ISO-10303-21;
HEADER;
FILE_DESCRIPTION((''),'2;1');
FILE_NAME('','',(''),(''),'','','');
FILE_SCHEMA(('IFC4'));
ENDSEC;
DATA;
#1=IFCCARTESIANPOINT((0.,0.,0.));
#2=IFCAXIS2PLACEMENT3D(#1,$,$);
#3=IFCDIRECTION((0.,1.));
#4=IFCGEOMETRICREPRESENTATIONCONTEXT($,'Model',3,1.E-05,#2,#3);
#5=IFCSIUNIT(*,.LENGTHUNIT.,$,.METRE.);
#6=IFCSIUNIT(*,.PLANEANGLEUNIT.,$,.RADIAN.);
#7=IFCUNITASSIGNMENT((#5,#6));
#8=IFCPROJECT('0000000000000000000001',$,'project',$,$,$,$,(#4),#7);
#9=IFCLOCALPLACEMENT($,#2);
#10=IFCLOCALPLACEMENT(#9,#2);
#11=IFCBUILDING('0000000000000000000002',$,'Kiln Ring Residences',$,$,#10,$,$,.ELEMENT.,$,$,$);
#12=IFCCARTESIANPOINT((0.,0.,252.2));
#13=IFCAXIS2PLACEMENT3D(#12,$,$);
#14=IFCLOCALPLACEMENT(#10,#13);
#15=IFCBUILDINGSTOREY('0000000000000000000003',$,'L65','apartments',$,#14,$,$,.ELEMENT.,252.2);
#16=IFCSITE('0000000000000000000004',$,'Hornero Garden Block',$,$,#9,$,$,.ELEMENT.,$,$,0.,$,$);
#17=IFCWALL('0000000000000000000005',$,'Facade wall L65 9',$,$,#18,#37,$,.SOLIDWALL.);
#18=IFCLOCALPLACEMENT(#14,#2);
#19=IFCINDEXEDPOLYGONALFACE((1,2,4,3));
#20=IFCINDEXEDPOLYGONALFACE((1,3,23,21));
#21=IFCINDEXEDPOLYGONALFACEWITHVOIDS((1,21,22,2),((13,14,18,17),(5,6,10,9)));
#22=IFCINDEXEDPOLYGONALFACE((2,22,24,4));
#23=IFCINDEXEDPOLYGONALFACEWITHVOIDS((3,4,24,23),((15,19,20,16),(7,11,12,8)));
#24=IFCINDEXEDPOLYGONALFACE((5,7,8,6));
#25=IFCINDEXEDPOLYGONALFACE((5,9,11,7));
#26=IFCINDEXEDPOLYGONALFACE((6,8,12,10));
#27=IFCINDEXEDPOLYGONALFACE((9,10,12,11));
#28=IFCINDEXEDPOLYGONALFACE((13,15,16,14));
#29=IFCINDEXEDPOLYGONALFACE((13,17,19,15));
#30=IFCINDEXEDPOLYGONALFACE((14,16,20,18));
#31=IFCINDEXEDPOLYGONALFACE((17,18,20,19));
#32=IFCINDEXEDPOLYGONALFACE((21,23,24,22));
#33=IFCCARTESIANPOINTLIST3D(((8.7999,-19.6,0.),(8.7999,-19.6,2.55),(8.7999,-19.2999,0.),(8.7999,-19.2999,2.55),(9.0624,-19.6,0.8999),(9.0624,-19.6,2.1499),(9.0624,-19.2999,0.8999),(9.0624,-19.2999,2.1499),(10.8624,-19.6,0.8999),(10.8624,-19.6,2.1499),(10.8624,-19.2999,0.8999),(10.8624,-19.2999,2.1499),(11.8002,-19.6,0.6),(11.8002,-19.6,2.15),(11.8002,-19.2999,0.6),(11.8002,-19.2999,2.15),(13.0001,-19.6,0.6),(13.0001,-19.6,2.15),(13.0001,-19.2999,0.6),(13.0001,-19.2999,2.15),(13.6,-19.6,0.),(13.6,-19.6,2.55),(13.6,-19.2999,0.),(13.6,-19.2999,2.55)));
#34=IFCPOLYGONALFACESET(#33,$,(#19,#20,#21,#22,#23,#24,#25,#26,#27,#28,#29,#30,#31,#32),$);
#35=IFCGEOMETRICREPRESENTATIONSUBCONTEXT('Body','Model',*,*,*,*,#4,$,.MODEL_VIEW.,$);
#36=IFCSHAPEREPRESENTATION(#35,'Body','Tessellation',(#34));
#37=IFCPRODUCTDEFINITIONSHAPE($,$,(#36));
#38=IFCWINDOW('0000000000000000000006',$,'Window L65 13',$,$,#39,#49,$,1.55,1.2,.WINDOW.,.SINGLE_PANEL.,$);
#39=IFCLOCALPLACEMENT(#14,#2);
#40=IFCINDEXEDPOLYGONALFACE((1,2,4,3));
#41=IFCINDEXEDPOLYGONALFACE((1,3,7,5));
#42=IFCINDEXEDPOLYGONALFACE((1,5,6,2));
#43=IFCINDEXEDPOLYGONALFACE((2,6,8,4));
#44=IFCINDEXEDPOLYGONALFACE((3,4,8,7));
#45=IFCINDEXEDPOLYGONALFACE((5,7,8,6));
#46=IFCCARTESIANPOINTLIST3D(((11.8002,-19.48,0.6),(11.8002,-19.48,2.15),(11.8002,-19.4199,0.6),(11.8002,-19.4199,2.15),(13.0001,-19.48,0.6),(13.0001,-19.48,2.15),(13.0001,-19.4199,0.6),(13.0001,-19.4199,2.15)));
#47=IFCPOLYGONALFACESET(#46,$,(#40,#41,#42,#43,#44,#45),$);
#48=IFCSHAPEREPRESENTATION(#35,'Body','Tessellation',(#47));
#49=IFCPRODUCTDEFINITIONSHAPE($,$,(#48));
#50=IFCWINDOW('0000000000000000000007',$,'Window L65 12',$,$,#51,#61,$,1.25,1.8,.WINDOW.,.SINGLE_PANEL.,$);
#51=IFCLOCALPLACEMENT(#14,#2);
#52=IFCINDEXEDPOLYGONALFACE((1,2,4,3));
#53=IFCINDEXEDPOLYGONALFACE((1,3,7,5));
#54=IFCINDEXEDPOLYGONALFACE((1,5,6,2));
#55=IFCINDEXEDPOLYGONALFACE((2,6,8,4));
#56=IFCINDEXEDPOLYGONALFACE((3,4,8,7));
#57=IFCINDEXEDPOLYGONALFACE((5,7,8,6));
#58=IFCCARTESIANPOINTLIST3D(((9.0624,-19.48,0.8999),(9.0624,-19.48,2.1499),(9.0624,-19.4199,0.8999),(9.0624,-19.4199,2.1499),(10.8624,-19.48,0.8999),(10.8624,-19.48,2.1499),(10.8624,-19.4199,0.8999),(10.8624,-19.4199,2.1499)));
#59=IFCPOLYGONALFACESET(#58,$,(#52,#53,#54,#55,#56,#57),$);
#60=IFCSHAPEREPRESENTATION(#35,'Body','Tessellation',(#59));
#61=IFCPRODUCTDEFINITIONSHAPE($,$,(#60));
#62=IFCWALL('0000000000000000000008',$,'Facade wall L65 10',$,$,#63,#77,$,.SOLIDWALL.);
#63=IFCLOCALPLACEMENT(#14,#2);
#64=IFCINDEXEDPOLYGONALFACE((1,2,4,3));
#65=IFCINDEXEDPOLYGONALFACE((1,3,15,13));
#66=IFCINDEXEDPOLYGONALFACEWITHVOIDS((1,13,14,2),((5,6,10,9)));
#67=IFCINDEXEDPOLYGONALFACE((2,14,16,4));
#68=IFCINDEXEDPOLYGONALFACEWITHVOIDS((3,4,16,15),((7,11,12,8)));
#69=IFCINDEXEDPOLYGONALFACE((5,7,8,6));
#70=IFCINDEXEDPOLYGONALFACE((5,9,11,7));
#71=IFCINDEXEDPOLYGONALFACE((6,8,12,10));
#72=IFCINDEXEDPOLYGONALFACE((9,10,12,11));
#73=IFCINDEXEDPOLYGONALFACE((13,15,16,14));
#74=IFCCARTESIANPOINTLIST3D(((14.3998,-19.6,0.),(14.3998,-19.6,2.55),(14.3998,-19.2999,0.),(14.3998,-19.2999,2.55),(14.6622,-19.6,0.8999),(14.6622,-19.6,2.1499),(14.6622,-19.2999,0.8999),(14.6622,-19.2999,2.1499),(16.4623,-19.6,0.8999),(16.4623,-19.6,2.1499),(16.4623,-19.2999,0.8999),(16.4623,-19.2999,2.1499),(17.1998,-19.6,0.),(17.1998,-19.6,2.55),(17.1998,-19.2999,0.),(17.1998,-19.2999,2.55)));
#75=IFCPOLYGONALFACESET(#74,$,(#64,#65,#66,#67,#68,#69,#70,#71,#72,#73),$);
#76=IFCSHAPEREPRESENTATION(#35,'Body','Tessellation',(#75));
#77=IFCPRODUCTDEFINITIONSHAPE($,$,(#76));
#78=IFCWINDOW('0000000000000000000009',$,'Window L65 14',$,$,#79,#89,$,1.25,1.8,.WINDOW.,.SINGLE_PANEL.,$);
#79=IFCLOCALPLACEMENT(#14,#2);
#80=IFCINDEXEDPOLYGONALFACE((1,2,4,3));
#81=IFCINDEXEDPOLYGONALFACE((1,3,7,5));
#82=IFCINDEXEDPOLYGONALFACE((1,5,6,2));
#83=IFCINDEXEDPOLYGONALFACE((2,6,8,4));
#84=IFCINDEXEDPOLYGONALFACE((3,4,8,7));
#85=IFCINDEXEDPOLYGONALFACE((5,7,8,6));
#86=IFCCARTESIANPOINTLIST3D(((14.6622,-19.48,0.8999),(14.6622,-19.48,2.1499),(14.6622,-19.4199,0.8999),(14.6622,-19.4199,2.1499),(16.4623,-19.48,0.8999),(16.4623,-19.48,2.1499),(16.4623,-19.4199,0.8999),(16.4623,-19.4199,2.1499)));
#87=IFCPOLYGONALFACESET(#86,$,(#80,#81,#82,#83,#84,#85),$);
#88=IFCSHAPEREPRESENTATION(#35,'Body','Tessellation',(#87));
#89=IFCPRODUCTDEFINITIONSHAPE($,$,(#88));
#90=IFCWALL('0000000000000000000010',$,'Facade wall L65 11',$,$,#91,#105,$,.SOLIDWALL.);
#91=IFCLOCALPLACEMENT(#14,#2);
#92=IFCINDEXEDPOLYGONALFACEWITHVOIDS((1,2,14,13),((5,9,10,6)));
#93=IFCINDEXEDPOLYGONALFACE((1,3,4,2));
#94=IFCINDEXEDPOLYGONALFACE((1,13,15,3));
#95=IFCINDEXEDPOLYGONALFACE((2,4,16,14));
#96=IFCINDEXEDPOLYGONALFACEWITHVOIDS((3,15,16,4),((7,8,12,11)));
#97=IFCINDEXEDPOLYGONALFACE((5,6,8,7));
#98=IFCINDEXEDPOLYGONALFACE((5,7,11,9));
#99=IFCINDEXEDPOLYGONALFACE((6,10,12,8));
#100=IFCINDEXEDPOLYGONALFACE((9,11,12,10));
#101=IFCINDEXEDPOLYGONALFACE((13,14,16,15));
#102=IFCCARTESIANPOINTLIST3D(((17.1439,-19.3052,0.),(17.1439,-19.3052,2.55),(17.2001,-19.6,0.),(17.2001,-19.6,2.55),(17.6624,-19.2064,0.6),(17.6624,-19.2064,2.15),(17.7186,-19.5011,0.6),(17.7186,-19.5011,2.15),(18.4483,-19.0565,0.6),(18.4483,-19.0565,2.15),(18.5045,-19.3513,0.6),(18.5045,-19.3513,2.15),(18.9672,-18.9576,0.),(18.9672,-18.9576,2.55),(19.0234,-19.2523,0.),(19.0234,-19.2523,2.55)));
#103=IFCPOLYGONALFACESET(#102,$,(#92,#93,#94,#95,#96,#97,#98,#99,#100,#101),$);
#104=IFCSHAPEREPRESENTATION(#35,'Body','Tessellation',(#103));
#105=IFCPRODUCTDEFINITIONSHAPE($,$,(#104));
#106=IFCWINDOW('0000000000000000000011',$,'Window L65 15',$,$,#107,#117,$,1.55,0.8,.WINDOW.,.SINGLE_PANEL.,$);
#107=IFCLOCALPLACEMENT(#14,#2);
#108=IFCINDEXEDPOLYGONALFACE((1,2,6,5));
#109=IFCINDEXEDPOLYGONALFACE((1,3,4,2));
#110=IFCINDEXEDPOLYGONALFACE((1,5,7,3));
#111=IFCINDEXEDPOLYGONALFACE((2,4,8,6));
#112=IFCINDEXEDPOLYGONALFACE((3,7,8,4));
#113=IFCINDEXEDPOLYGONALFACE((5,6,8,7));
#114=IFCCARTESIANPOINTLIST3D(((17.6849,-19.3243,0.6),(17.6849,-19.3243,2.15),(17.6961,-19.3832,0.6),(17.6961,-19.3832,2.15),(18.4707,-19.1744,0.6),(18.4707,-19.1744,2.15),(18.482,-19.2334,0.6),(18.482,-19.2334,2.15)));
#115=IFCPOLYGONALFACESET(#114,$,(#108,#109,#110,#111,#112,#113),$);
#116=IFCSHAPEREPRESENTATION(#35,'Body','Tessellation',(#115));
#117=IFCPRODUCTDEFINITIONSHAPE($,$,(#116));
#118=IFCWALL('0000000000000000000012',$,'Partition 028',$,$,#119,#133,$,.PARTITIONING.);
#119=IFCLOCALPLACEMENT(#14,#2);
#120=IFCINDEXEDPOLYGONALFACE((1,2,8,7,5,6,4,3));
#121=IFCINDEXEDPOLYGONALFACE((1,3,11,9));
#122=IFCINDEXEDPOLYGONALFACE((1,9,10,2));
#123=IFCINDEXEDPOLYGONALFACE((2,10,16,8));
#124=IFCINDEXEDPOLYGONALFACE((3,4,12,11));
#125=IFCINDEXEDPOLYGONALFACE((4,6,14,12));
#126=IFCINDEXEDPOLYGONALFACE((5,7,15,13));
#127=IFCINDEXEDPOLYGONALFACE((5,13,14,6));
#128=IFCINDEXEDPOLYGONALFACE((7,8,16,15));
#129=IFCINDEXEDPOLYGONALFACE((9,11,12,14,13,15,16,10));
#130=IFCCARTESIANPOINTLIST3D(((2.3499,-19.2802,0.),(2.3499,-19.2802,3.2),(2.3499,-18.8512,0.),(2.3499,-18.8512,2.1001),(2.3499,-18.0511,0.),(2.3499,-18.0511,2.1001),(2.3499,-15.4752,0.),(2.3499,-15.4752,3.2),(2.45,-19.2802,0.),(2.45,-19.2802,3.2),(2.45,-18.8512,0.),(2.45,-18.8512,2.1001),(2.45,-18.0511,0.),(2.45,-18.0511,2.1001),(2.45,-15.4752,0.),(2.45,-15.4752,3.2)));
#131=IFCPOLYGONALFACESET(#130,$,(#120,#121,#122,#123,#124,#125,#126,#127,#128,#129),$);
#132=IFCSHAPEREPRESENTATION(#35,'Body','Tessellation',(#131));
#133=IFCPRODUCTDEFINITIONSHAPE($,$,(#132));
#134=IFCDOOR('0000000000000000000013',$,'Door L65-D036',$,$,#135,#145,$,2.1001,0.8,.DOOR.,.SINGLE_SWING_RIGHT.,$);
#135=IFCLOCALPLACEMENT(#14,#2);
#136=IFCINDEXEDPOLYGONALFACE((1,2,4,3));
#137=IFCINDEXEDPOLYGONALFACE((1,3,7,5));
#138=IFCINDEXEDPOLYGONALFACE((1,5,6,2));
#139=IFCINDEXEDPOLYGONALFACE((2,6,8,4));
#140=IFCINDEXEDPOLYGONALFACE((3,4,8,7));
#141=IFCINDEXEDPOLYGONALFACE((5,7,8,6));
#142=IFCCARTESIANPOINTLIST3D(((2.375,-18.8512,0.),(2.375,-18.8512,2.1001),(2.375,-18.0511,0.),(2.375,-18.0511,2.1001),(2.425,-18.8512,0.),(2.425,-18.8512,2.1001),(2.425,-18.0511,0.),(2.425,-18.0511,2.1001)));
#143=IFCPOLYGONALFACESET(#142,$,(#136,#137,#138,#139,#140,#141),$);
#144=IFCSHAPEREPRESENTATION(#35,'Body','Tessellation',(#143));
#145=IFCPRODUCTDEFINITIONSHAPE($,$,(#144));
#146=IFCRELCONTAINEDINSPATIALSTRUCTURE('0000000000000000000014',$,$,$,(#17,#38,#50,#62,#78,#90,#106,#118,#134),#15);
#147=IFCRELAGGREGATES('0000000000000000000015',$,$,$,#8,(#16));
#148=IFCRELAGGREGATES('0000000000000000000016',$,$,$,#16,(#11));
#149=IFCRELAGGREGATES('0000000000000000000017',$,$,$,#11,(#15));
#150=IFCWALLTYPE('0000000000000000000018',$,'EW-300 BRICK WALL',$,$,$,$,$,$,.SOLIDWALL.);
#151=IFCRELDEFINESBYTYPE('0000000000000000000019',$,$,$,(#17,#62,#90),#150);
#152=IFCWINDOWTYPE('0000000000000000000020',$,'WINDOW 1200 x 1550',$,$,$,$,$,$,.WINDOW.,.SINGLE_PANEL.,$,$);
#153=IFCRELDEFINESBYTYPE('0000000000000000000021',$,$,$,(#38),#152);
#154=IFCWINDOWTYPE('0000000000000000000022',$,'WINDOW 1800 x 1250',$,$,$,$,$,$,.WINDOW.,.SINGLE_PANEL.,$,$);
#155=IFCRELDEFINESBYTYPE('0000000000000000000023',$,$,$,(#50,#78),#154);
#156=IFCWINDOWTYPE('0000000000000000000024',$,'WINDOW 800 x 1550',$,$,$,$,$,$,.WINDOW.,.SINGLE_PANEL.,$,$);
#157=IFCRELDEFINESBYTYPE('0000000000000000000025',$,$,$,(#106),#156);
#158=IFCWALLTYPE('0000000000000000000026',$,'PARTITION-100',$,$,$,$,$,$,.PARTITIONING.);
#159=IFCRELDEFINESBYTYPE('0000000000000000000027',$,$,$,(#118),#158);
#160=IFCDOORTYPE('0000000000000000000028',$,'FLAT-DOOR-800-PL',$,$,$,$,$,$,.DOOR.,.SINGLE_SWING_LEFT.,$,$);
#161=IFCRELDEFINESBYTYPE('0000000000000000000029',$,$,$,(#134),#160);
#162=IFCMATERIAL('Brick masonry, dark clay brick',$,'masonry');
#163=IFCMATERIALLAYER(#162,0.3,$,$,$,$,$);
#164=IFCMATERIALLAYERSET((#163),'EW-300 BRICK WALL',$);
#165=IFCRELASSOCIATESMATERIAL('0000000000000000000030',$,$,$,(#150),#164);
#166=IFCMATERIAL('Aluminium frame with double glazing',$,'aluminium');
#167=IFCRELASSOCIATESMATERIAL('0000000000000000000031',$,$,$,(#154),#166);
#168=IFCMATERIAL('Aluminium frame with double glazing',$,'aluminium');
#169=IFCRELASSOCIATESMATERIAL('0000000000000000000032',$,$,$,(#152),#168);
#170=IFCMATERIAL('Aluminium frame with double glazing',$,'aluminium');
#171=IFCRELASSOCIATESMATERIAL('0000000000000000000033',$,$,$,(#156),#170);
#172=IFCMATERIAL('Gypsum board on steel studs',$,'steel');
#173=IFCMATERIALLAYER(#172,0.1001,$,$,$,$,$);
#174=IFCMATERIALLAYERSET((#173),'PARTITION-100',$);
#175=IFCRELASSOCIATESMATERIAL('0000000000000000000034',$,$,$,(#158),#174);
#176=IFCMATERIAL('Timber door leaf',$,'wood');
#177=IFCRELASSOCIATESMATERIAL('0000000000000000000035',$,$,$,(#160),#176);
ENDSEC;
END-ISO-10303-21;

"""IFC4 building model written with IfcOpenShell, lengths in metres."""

from ifc_helpers import new_model, si_unit, direction, frame, frame_2d, origin, place, context, subcontext, project, spatial, rectangle, extrude, material, layer, layer_set, type_object, element, fill, save


model = new_model("IFC4")

# Units and contexts
model_context = context("Model", 3, precision=1e-05, world=origin(), true_north=direction((0.0, 1.0)))
body_context = subcontext(model_context, "Body", "Model", "MODEL_VIEW")
ifc_project = project(units=[si_unit("LENGTHUNIT", "METRE"), si_unit("PLANEANGLEUNIT", "RADIAN")], contexts=[model_context])

# Site, building, storey
site_placement = place(None, origin())
site = spatial("IfcSite", under=ifc_project, at=site_placement, Name="Hornero Garden Block", CompositionType="ELEMENT", RefElevation=0.0)
building_placement = place(site_placement, origin())
building = spatial("IfcBuilding", under=site, at=building_placement, Name="Kiln Ring Residences", CompositionType="ELEMENT")
storey_placement = place(building_placement, frame((0.0, 0.0, 252.2)))
storey = spatial("IfcBuildingStorey", under=building, at=storey_placement, Name="L65", Description="apartments", CompositionType="ELEMENT", Elevation=252.2)

# Wall, openings, windows
ifc_material_1 = material(Name="Brick masonry, dark clay brick", Category="masonry")
ifc_layer_1 = layer(ifc_material_1, 0.3)
ifc_layer_set_1 = layer_set([ifc_layer_1], Name="EW-300 BRICK WALL")
wall_type_1 = type_object("IfcWallType", Name="EW-300 BRICK WALL", PredefinedType="SOLIDWALL", material=ifc_layer_set_1)
ifc_material_2 = material(Name="Aluminium frame with double glazing", Category="aluminium")
window_type_1 = type_object("IfcWindowType", Name="WINDOW 1800 x 1250", PartitioningType="SINGLE_PANEL", PredefinedType="WINDOW", material=ifc_material_2)
wall_1_placement = place(storey_placement, frame((8.8, -19.45, 0.0), z_axis=(0.0, 0.0, 1.0), x_axis=(1.0, 0.0, 0.0)))
wall_1 = element("IfcWall", 1, at=wall_1_placement, inside=storey, type_object=wall_type_1, Name="Facade wall L65 9", PredefinedType="SOLIDWALL", context=body_context, shape_type="SweptSolid", body=[
    extrude(rectangle(XDim=4.8, YDim=0.3, at=frame_2d((2.3999, 0.0))), origin(), (0.0, 0.0, 1.0), 2.55),
])
opening_1_placement = place(wall_1_placement, frame((0.2625, 0.0, 0.8999)))
opening_1 = element("IfcOpeningElement", 2, at=opening_1_placement, cuts=wall_1, PredefinedType="OPENING", context=body_context, shape_type="SweptSolid", body=[
    extrude(rectangle(XDim=1.8, YDim=1.25, at=frame_2d((0.8999, 0.625))), frame((0.0, 0.1599, 0.0), z_axis=(0.0, -1.0, 0.0), x_axis=(1.0, 0.0, 0.0)), (0.0, 0.0, 1.0), 0.3201),
])
opening_2_placement = place(wall_1_placement, frame((3.0, 0.0, 0.6001)))
opening_2 = element("IfcOpeningElement", 3, at=opening_2_placement, cuts=wall_1, PredefinedType="OPENING", context=body_context, shape_type="SweptSolid", body=[
    extrude(rectangle(XDim=1.2, YDim=1.55, at=frame_2d((0.6001, 0.7749))), frame((0.0, 0.1599, 0.0), z_axis=(0.0, -1.0, 0.0), x_axis=(1.0, 0.0, 0.0)), (0.0, 0.0, 1.0), 0.3201),
])
ifc_material_3 = material(Name="Aluminium frame with double glazing", Category="aluminium")
window_type_2 = type_object("IfcWindowType", Name="WINDOW 1200 x 1550", PartitioningType="SINGLE_PANEL", PredefinedType="WINDOW", material=ifc_material_3)
window_1_placement = place(opening_2_placement, origin())
window_1 = element("IfcWindow", 4, at=window_1_placement, inside=storey, type_object=window_type_2, Name="Window L65 13", OverallHeight=1.55, OverallWidth=1.2, PartitioningType="SINGLE_PANEL", PredefinedType="WINDOW", context=body_context, shape_type="SweptSolid", body=[
    extrude(rectangle(XDim=1.2, YDim=1.55, at=frame_2d((0.6001, 0.7749))), frame((0.0, 0.03, 0.0), z_axis=(0.0, -1.0, 0.0), x_axis=(1.0, 0.0, 0.0)), (0.0, 0.0, 1.0), 0.0601),
])
fill(opening_2, window_1)
window_2_placement = place(opening_1_placement, origin())
window_2 = element("IfcWindow", 5, at=window_2_placement, inside=storey, type_object=window_type_1, Name="Window L65 12", OverallHeight=1.25, OverallWidth=1.8, PartitioningType="SINGLE_PANEL", PredefinedType="WINDOW", context=body_context, shape_type="SweptSolid", body=[
    extrude(rectangle(XDim=1.8, YDim=1.25, at=frame_2d((0.8999, 0.625))), frame((0.0, 0.03, 0.0), z_axis=(0.0, -1.0, 0.0), x_axis=(1.0, 0.0, 0.0)), (0.0, 0.0, 1.0), 0.0601),
])
fill(opening_1, window_2)

# Walls, openings, windows
wall_2_placement = place(storey_placement, frame((14.3999, -19.45, 0.0), z_axis=(0.0, 0.0, 1.0), x_axis=(1.0, 0.0, 0.0)))
wall_2 = element("IfcWall", 6, at=wall_2_placement, inside=storey, type_object=wall_type_1, Name="Facade wall L65 10", PredefinedType="SOLIDWALL", context=body_context, shape_type="SweptSolid", body=[
    extrude(rectangle(XDim=2.8, YDim=0.3, at=frame_2d((1.3999, 0.0))), origin(), (0.0, 0.0, 1.0), 2.55),
])
opening_3_placement = place(wall_2_placement, frame((0.2625, 0.0, 0.8999)))
opening_3 = element("IfcOpeningElement", 7, at=opening_3_placement, cuts=wall_2, PredefinedType="OPENING", context=body_context, shape_type="SweptSolid", body=[
    extrude(rectangle(XDim=1.8, YDim=1.25, at=frame_2d((0.8999, 0.625))), frame((0.0, 0.1599, 0.0), z_axis=(0.0, -1.0, 0.0), x_axis=(1.0, 0.0, 0.0)), (0.0, 0.0, 1.0), 0.3201),
])
window_3_placement = place(opening_3_placement, origin())
window_3 = element("IfcWindow", 8, at=window_3_placement, inside=storey, type_object=window_type_1, Name="Window L65 14", OverallHeight=1.25, OverallWidth=1.8, PartitioningType="SINGLE_PANEL", PredefinedType="WINDOW", context=body_context, shape_type="SweptSolid", body=[
    extrude(rectangle(XDim=1.8, YDim=1.25, at=frame_2d((0.8999, 0.625))), frame((0.0, 0.03, 0.0), z_axis=(0.0, -1.0, 0.0), x_axis=(1.0, 0.0, 0.0)), (0.0, 0.0, 1.0), 0.0601),
])
fill(opening_3, window_3)
wall_3_placement = place(storey_placement, frame((17.1719, -19.4526, 0.0), z_axis=(0.0, 0.0, 1.0), x_axis=(0.982302, 0.187306, 0.0)))
wall_3 = element("IfcWall", 9, at=wall_3_placement, inside=storey, type_object=wall_type_1, Name="Facade wall L65 11", PredefinedType="SOLIDWALL", context=body_context, shape_type="SweptSolid", body=[
    extrude(rectangle(XDim=1.8562, YDim=0.3, at=frame_2d((0.9282, 0.0))), origin(), (0.0, 0.0, 1.0), 2.55),
])
opening_4_placement = place(wall_3_placement, frame((0.5281, 0.0, 0.6001)))
opening_4 = element("IfcOpeningElement", 10, at=opening_4_placement, cuts=wall_3, PredefinedType="OPENING", context=body_context, shape_type="SweptSolid", body=[
    extrude(rectangle(XDim=0.8, YDim=1.55, at=frame_2d((0.3999, 0.7749))), frame((0.0, 0.1599, 0.0), z_axis=(0.0, -1.0, 0.0), x_axis=(1.0, 0.0, 0.0)), (0.0, 0.0, 1.0), 0.3201),
])
ifc_material_4 = material(Name="Aluminium frame with double glazing", Category="aluminium")
window_type_3 = type_object("IfcWindowType", Name="WINDOW 800 x 1550", PartitioningType="SINGLE_PANEL", PredefinedType="WINDOW", material=ifc_material_4)
window_4_placement = place(opening_4_placement, origin())
window_4 = element("IfcWindow", 11, at=window_4_placement, inside=storey, type_object=window_type_3, Name="Window L65 15", OverallHeight=1.55, OverallWidth=0.8, PartitioningType="SINGLE_PANEL", PredefinedType="WINDOW", context=body_context, shape_type="SweptSolid", body=[
    extrude(rectangle(XDim=0.8, YDim=1.55, at=frame_2d((0.3999, 0.7749))), frame((0.0, 0.03, 0.0), z_axis=(0.0, -1.0, 0.0), x_axis=(1.0, 0.0, 0.0)), (0.0, 0.0, 1.0), 0.0601),
])
fill(opening_4, window_4)

# Wall, opening, door
ifc_material_5 = material(Name="Gypsum board on steel studs", Category="steel")
ifc_layer_2 = layer(ifc_material_5, 0.1001)
ifc_layer_set_2 = layer_set([ifc_layer_2], Name="PARTITION-100")
wall_type_2 = type_object("IfcWallType", Name="PARTITION-100", PredefinedType="PARTITIONING", material=ifc_layer_set_2)
wall_4_placement = place(storey_placement, frame((2.3999, -19.28, 0.0), z_axis=(0.0, 0.0, 1.0), x_axis=(0.0, 1.0, 0.0)))
wall_4 = element("IfcWall", 12, at=wall_4_placement, inside=storey, type_object=wall_type_2, Name="Partition 028", PredefinedType="PARTITIONING", context=body_context, shape_type="SweptSolid", body=[
    extrude(rectangle(XDim=3.8049, YDim=0.1001, at=frame_2d((1.9023, 0.0))), origin(), (0.0, 0.0, 1.0), 3.2),
])
opening_5_placement = place(wall_4_placement, frame((0.429, 0.0, 0.0)))
opening_5 = element("IfcOpeningElement", 13, at=opening_5_placement, cuts=wall_4, PredefinedType="OPENING", context=body_context, shape_type="SweptSolid", body=[
    extrude(rectangle(XDim=0.8, YDim=2.1001, at=frame_2d((0.3999, 1.05))), frame((0.0, 0.0601, 0.0), z_axis=(0.0, -1.0, 0.0), x_axis=(1.0, 0.0, 0.0)), (0.0, 0.0, 1.0), 0.1201),
])
ifc_material_6 = material(Name="Timber door leaf", Category="wood")
door_type_1 = type_object("IfcDoorType", Name="FLAT-DOOR-800-PL", OperationType="SINGLE_SWING_LEFT", PredefinedType="DOOR", material=ifc_material_6)
door_1_placement = place(opening_5_placement, origin())
door_1 = element("IfcDoor", 14, at=door_1_placement, inside=storey, type_object=door_type_1, Name="Door L65-D036", OperationType="SINGLE_SWING_RIGHT", OverallHeight=2.1001, OverallWidth=0.8, PredefinedType="DOOR", context=body_context, shape_type="SweptSolid", body=[
    extrude(rectangle(XDim=0.8, YDim=2.1001, at=frame_2d((0.3999, 1.05))), frame((0.0, 0.0249, 0.0), z_axis=(0.0, -1.0, 0.0), x_axis=(1.0, 0.0, 0.0)), (0.0, 0.0, 1.0), 0.05),
])
fill(opening_5, door_1)

save(model, "model.ifc")
